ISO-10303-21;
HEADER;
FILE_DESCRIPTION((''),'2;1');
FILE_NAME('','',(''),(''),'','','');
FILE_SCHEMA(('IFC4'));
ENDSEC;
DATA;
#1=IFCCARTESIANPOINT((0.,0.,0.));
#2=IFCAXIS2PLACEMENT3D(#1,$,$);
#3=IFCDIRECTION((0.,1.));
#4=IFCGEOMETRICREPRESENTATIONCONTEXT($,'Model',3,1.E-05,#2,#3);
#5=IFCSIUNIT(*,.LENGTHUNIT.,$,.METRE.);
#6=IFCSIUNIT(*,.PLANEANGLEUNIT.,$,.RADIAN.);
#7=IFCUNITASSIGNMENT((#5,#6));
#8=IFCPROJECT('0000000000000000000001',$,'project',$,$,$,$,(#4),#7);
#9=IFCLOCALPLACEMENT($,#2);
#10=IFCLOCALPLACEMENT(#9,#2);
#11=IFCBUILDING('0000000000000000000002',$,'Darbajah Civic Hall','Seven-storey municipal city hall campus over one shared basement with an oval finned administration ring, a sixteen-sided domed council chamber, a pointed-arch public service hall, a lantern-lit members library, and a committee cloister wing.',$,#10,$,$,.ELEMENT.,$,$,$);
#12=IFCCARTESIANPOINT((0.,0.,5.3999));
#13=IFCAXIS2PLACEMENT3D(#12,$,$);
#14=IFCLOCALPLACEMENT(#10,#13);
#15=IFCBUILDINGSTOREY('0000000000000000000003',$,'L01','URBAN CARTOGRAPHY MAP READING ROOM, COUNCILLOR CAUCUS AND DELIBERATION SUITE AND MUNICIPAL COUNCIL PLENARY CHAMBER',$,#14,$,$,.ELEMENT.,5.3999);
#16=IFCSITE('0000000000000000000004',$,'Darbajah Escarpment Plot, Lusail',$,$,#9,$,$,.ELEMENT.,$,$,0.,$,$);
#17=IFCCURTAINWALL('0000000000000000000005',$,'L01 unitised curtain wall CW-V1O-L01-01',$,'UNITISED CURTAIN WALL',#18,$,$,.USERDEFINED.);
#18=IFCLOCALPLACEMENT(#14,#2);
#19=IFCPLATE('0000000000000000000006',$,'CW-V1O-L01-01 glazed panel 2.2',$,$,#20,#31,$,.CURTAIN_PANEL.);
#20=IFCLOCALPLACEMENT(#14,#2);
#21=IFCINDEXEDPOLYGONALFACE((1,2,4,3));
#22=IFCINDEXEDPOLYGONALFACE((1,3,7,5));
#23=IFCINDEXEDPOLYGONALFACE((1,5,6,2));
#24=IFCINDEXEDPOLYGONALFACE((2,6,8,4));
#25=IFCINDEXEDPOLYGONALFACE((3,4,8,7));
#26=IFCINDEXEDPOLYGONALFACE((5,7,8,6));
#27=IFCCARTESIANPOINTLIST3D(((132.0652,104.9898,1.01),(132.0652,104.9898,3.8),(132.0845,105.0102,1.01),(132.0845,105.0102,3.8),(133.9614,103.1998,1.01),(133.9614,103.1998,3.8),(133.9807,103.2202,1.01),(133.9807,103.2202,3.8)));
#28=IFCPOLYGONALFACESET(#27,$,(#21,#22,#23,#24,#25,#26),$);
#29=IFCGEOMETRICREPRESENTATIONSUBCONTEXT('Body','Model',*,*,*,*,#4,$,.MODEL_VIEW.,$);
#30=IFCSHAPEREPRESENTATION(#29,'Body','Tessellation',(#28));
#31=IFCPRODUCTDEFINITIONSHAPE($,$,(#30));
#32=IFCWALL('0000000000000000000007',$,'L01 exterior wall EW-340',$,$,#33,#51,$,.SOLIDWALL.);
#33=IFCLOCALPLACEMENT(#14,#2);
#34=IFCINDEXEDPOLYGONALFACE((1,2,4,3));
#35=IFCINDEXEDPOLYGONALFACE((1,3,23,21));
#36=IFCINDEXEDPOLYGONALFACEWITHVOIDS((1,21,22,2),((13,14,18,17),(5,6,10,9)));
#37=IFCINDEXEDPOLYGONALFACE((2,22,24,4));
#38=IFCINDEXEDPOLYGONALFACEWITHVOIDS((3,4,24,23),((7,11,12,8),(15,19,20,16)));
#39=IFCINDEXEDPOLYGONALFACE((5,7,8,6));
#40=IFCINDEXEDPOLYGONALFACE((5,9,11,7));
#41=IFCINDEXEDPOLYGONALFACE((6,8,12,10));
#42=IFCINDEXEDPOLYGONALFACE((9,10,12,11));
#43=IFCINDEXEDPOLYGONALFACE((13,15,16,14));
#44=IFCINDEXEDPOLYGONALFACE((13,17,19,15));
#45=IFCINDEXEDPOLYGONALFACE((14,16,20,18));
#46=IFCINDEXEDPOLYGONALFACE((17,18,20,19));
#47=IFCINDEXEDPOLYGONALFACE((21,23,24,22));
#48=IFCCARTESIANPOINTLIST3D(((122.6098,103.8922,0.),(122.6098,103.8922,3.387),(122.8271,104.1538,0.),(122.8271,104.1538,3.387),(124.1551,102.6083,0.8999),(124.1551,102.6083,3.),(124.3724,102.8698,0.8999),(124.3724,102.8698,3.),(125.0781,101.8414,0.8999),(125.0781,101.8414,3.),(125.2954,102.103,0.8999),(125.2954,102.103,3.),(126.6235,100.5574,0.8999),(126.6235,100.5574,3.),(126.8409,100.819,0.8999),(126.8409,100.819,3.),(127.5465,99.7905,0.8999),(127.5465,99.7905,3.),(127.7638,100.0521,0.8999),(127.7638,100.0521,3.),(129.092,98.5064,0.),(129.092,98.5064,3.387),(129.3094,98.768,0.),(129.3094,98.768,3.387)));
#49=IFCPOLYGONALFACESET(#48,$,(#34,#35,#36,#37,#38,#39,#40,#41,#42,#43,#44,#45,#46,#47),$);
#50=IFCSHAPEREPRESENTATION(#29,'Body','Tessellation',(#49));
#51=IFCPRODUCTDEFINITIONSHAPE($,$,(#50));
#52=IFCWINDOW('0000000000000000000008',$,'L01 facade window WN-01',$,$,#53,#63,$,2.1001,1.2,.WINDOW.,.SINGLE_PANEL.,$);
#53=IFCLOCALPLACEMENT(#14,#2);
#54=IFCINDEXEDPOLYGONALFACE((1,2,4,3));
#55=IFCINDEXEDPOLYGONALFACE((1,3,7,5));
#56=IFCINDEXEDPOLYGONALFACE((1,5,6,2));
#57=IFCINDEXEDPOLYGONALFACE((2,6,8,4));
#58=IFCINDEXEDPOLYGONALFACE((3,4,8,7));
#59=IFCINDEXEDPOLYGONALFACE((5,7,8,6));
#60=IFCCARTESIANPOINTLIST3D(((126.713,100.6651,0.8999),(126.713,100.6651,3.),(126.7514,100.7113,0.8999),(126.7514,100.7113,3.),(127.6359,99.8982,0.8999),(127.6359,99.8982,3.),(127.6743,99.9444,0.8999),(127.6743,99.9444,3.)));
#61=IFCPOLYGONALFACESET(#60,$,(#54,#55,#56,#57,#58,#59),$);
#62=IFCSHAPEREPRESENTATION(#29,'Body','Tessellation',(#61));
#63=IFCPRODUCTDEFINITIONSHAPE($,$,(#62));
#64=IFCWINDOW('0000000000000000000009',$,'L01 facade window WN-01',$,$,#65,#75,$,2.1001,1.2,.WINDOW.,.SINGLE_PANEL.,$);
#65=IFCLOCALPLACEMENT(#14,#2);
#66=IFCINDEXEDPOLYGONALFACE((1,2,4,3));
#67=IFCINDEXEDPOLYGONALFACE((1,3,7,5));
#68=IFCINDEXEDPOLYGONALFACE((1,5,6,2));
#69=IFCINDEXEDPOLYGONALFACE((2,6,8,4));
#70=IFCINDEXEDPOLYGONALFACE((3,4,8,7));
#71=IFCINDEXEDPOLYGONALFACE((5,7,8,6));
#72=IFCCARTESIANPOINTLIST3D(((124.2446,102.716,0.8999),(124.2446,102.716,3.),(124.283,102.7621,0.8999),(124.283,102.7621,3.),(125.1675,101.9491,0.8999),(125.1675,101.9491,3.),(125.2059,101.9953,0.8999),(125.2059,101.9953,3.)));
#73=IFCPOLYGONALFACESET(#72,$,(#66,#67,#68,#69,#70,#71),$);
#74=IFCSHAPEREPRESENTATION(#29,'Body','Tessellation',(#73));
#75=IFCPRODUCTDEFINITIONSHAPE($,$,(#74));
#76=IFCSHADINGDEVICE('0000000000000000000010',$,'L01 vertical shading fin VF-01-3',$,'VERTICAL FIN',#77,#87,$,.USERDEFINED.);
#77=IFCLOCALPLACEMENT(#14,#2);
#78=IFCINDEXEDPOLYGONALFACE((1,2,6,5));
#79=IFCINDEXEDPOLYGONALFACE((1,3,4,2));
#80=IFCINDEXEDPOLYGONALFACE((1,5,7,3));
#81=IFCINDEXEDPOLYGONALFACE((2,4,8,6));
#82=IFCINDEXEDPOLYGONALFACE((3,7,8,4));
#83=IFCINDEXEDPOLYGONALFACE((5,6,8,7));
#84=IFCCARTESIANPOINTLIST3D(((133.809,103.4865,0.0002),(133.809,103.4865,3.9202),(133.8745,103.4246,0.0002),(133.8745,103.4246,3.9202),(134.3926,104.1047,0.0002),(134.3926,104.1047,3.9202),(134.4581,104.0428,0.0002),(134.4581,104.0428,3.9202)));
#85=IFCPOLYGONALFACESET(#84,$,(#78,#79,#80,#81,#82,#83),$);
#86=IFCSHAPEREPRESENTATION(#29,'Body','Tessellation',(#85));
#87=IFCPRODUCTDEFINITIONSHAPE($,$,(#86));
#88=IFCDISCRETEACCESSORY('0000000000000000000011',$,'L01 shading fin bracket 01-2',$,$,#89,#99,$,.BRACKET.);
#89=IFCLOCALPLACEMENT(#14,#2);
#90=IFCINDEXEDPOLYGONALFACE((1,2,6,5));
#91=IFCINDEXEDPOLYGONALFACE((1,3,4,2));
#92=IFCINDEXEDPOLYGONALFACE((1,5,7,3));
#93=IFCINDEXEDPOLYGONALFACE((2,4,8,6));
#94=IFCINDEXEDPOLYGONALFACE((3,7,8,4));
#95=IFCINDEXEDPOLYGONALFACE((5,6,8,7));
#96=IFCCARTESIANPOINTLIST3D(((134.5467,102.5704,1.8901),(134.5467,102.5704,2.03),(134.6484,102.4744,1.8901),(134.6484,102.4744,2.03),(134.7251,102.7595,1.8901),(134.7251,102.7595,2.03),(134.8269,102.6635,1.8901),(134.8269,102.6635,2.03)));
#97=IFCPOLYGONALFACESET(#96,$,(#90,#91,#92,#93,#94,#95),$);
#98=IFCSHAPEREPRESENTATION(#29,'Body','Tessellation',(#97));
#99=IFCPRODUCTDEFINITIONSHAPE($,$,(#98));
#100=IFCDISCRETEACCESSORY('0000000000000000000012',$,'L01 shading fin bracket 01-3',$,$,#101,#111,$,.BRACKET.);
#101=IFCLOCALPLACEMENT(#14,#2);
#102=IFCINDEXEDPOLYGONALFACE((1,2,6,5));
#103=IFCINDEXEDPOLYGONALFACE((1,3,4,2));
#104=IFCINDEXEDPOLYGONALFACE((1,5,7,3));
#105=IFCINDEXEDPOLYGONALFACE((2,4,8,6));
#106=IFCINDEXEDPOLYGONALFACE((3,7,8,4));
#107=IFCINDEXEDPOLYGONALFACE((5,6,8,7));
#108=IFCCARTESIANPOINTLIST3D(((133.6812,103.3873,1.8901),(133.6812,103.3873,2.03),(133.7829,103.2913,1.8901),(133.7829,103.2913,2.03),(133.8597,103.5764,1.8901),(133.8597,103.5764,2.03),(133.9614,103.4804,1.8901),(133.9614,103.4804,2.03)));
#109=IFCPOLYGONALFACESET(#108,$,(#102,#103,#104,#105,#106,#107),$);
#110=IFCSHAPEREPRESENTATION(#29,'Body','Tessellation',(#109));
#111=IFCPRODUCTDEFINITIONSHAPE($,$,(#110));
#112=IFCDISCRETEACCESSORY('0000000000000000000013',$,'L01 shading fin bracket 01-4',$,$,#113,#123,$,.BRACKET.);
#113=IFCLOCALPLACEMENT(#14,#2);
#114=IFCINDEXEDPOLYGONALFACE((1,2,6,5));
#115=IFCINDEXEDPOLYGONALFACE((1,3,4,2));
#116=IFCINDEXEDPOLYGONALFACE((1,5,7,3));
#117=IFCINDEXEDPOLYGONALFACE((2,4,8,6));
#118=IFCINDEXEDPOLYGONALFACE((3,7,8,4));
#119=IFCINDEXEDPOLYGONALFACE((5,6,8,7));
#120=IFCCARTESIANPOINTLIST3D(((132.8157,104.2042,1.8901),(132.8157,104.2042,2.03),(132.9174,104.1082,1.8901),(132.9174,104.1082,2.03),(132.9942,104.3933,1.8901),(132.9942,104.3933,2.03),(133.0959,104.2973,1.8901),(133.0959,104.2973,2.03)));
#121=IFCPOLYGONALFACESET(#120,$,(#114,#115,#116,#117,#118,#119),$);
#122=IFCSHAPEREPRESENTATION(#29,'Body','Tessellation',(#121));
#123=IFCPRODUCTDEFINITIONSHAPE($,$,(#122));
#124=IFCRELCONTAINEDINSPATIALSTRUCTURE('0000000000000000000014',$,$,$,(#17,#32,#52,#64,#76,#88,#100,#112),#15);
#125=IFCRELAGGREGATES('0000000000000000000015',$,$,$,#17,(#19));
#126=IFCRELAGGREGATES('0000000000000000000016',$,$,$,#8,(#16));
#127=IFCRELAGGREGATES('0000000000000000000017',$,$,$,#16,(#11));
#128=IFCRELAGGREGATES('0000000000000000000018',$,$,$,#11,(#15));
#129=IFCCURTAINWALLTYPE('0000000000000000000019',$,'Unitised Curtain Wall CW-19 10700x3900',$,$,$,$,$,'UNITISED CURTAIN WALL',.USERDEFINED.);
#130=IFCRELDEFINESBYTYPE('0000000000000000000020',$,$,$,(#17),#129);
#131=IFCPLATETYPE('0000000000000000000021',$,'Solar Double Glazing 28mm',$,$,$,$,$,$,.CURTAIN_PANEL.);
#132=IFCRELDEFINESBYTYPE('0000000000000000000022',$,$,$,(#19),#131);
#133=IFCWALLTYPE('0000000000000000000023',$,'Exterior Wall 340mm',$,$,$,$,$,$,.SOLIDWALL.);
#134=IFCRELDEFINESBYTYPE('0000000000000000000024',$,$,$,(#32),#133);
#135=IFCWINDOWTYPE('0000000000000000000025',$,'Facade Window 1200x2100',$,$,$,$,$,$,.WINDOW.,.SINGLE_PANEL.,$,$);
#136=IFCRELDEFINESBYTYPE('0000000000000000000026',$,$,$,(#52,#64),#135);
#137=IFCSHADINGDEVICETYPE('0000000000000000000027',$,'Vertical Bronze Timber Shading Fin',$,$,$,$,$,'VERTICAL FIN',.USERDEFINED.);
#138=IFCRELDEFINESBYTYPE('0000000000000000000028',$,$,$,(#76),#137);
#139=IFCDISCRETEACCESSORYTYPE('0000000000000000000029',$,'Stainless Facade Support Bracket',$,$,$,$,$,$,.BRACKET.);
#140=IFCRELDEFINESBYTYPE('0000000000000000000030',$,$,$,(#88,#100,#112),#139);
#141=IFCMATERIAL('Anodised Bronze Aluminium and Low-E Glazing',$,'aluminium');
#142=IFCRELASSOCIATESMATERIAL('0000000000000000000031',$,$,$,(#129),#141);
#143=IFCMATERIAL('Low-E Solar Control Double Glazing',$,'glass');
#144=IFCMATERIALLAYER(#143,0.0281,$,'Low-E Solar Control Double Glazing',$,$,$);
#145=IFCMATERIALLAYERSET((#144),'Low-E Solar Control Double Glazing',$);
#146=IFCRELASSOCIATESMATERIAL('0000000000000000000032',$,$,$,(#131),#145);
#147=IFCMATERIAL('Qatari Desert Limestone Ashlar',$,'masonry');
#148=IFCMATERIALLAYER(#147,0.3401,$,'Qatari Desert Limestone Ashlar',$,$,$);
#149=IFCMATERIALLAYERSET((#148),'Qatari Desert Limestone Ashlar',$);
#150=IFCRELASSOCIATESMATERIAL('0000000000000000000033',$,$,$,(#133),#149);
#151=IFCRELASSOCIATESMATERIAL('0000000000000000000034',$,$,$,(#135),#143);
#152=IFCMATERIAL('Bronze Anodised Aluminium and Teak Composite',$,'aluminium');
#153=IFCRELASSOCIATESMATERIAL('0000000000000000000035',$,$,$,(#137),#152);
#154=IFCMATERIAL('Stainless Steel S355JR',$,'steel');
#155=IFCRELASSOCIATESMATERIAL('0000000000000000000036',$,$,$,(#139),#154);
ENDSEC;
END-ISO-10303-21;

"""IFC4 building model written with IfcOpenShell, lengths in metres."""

from ifc_helpers import new_model, si_unit, direction, frame, frame_2d, origin, origin_2d, place, context, subcontext, project, spatial, rectangle, extrude, material, layer, layer_set, type_object, element, fill, aggregate, save


model = new_model("IFC4")

# Units and contexts
model_context = context("Model", 3, precision=1e-05, world=origin(), true_north=direction((0.0, 1.0)))
body_context = subcontext(model_context, "Body", "Model", "MODEL_VIEW")
ifc_project = project(units=[si_unit("LENGTHUNIT", "METRE"), si_unit("PLANEANGLEUNIT", "RADIAN")], contexts=[model_context])

# Site, building, storey
site_placement = place(None, origin())
site = spatial("IfcSite", under=ifc_project, at=site_placement, Name="Darbajah Escarpment Plot, Lusail", CompositionType="ELEMENT", RefElevation=0.0)
building_placement = place(site_placement, origin())
building = spatial("IfcBuilding", under=site, at=building_placement, Name="Darbajah Civic Hall", Description="Seven-storey municipal city hall campus over one shared basement with an oval finned administration ring, a sixteen-sided domed council chamber, a pointed-arch public service hall, a lantern-lit members library, and a committee cloister wing.", CompositionType="ELEMENT")
storey_placement = place(building_placement, frame((0.0, 0.0, 5.3999)))
storey = spatial("IfcBuildingStorey", under=building, at=storey_placement, Name="L01", Description="URBAN CARTOGRAPHY MAP READING ROOM, COUNCILLOR CAUCUS AND DELIBERATION SUITE AND MUNICIPAL COUNCIL PLENARY CHAMBER", CompositionType="ELEMENT", Elevation=5.3999)

# Curtain wall
ifc_material_1 = material(Name="Anodised Bronze Aluminium and Low-E Glazing", Category="aluminium")
curtain_wall_type = type_object("IfcCurtainWallType", Name="Unitised Curtain Wall CW-19 10700x3900", ElementType="UNITISED CURTAIN WALL", PredefinedType="USERDEFINED", material=ifc_material_1)
curtain_wall_placement = place(storey_placement, origin())
curtain_wall = element("IfcCurtainWall", 1, at=curtain_wall_placement, inside=storey, type_object=curtain_wall_type, Name="L01 unitised curtain wall CW-V1O-L01-01", ObjectType="UNITISED CURTAIN WALL", PredefinedType="USERDEFINED")

# Plate
ifc_material_2 = material(Name="Low-E Solar Control Double Glazing", Category="glass")
ifc_layer_1 = layer(ifc_material_2, 0.0281, Name="Low-E Solar Control Double Glazing")
ifc_layer_set_1 = layer_set([ifc_layer_1], Name="Low-E Solar Control Double Glazing")
plate_type = type_object("IfcPlateType", Name="Solar Double Glazing 28mm", PredefinedType="CURTAIN_PANEL", material=ifc_layer_set_1)
plate_1_placement = place(storey_placement, frame((133.0229, 104.105, 1.01), z_axis=(0.0, 0.0, 1.0), x_axis=(-0.727174, 0.686453, 0.0)))
plate_1 = element("IfcPlate", 2, at=plate_1_placement, type_object=plate_type, Name="CW-V1O-L01-01 glazed panel 2.2", PredefinedType="CURTAIN_PANEL", context=body_context, shape_type="SweptSolid", body=[
    extrude(rectangle(XDim=2.6077, YDim=0.0281, at=origin_2d()), origin(), (0.0, 0.0, 1.0), 2.79),
])
aggregate(curtain_wall, [plate_1])

# Wall, openings, windows
ifc_material_3 = material(Name="Qatari Desert Limestone Ashlar", Category="masonry")
ifc_layer_2 = layer(ifc_material_3, 0.3401, Name="Qatari Desert Limestone Ashlar")
ifc_layer_set_2 = layer_set([ifc_layer_2], Name="Qatari Desert Limestone Ashlar")
wall_type = type_object("IfcWallType", Name="Exterior Wall 340mm", PredefinedType="SOLIDWALL", material=ifc_layer_set_2)
wall_placement = place(storey_placement, frame((129.2007, 98.6372, 0.0), z_axis=(0.0, 0.0, 1.0), x_axis=(-0.769158, 0.639058, 0.0)))
wall = element("IfcWall", 3, at=wall_placement, inside=storey, type_object=wall_type, Name="L01 exterior wall EW-340", PredefinedType="SOLIDWALL", context=body_context, shape_type="SweptSolid", body=[
    extrude(rectangle(XDim=8.4277, YDim=0.3401, at=frame_2d((4.2139, 0.0))), origin(), (0.0, 0.0, 1.0), 3.387),
])
opening_1_placement = place(wall_placement, frame((2.0093, 0.0, 0.8999)))
opening_1 = element("IfcOpeningElement", 4, at=opening_1_placement, cuts=wall, PredefinedType="OPENING", context=body_context, shape_type="SweptSolid", body=[
    extrude(rectangle(XDim=1.2, YDim=2.1001, at=frame_2d((0.6001, 1.05))), frame((0.0, 0.1799, 0.0), z_axis=(0.0, -1.0, 0.0), x_axis=(1.0, 0.0, 0.0)), (0.0, 0.0, 1.0), 0.3601),
])
opening_2_placement = place(wall_placement, frame((5.2185, 0.0, 0.8999)))
opening_2 = element("IfcOpeningElement", 5, at=opening_2_placement, cuts=wall, PredefinedType="OPENING", context=body_context, shape_type="SweptSolid", body=[
    extrude(rectangle(XDim=1.2, YDim=2.1001, at=frame_2d((0.6001, 1.05))), frame((0.0, 0.1799, 0.0), z_axis=(0.0, -1.0, 0.0), x_axis=(1.0, 0.0, 0.0)), (0.0, 0.0, 1.0), 0.3601),
])
window_type = type_object("IfcWindowType", Name="Facade Window 1200x2100", PartitioningType="SINGLE_PANEL", PredefinedType="WINDOW", material=ifc_material_2)
window_1_placement = place(opening_1_placement, origin())
window_1 = element("IfcWindow", 6, at=window_1_placement, inside=storey, type_object=window_type, Name="L01 facade window WN-01", OverallHeight=2.1001, OverallWidth=1.2, PartitioningType="SINGLE_PANEL", PredefinedType="WINDOW", context=body_context, shape_type="SweptSolid", body=[
    extrude(rectangle(XDim=1.2, YDim=2.1001, at=frame_2d((0.6001, 1.05))), frame((0.0, 0.03, 0.0), z_axis=(0.0, -1.0, 0.0), x_axis=(1.0, 0.0, 0.0)), (0.0, 0.0, 1.0), 0.0601),
])
fill(opening_1, window_1)
window_2_placement = place(opening_2_placement, origin())
window_2 = element("IfcWindow", 7, at=window_2_placement, inside=storey, type_object=window_type, Name="L01 facade window WN-01", OverallHeight=2.1001, OverallWidth=1.2, PartitioningType="SINGLE_PANEL", PredefinedType="WINDOW", context=body_context, shape_type="SweptSolid", body=[
    extrude(rectangle(XDim=1.2, YDim=2.1001, at=frame_2d((0.6001, 1.05))), frame((0.0, 0.03, 0.0), z_axis=(0.0, -1.0, 0.0), x_axis=(1.0, 0.0, 0.0)), (0.0, 0.0, 1.0), 0.0601),
])
fill(opening_2, window_2)

# Shading device
ifc_material_4 = material(Name="Bronze Anodised Aluminium and Teak Composite", Category="aluminium")
shading_device_type = type_object("IfcShadingDeviceType", Name="Vertical Bronze Timber Shading Fin", ElementType="VERTICAL FIN", PredefinedType="USERDEFINED", material=ifc_material_4)
shading_device_placement = place(storey_placement, frame((134.1335, 103.7646, 0.0002), z_axis=(0.0, 0.0, 1.0), x_axis=(0.686453, 0.727174, 0.0)))
element("IfcShadingDevice", 8, at=shading_device_placement, inside=storey, type_object=shading_device_type, Name="L01 vertical shading fin VF-01-3", ObjectType="VERTICAL FIN", PredefinedType="USERDEFINED", context=body_context, shape_type="SweptSolid", body=[
    extrude(rectangle(XDim=0.8501, YDim=0.0901, at=origin_2d()), origin(), (0.0, 0.0, 1.0), 3.9199),
])

# Discrete accessories
ifc_material_5 = material(Name="Stainless Steel S355JR", Category="steel")
discrete_accessory_type = type_object("IfcDiscreteAccessoryType", Name="Stainless Facade Support Bracket", PredefinedType="BRACKET", material=ifc_material_5)
for number, where, z_axis, x_axis, name in (
    (9, (134.6868, 102.6169, 1.8901), (0.0, 0.0, 1.0), (0.686453, 0.727174, 0.0), "L01 shading fin bracket 01-2"),
    (10, (133.8213, 103.4338, 1.8901), (0.0, 0.0, 1.0), (0.686453, 0.727174, 0.0), "L01 shading fin bracket 01-3"),
    (11, (132.9558, 104.2507, 1.8901), (0.0, 0.0, 1.0), (0.686453, 0.727174, 0.0), "L01 shading fin bracket 01-4"),
):
    element("IfcDiscreteAccessory", number, at=place(storey_placement, frame(where, z_axis=z_axis, x_axis=x_axis)), inside=storey, type_object=discrete_accessory_type, Name=name, PredefinedType="BRACKET", context=body_context, shape_type="SweptSolid", body=[
        extrude(rectangle(XDim=0.26, YDim=0.1399, at=origin_2d()), origin(), (0.0, 0.0, 1.0), 0.1399),
    ])

save(model, "model.ifc")
